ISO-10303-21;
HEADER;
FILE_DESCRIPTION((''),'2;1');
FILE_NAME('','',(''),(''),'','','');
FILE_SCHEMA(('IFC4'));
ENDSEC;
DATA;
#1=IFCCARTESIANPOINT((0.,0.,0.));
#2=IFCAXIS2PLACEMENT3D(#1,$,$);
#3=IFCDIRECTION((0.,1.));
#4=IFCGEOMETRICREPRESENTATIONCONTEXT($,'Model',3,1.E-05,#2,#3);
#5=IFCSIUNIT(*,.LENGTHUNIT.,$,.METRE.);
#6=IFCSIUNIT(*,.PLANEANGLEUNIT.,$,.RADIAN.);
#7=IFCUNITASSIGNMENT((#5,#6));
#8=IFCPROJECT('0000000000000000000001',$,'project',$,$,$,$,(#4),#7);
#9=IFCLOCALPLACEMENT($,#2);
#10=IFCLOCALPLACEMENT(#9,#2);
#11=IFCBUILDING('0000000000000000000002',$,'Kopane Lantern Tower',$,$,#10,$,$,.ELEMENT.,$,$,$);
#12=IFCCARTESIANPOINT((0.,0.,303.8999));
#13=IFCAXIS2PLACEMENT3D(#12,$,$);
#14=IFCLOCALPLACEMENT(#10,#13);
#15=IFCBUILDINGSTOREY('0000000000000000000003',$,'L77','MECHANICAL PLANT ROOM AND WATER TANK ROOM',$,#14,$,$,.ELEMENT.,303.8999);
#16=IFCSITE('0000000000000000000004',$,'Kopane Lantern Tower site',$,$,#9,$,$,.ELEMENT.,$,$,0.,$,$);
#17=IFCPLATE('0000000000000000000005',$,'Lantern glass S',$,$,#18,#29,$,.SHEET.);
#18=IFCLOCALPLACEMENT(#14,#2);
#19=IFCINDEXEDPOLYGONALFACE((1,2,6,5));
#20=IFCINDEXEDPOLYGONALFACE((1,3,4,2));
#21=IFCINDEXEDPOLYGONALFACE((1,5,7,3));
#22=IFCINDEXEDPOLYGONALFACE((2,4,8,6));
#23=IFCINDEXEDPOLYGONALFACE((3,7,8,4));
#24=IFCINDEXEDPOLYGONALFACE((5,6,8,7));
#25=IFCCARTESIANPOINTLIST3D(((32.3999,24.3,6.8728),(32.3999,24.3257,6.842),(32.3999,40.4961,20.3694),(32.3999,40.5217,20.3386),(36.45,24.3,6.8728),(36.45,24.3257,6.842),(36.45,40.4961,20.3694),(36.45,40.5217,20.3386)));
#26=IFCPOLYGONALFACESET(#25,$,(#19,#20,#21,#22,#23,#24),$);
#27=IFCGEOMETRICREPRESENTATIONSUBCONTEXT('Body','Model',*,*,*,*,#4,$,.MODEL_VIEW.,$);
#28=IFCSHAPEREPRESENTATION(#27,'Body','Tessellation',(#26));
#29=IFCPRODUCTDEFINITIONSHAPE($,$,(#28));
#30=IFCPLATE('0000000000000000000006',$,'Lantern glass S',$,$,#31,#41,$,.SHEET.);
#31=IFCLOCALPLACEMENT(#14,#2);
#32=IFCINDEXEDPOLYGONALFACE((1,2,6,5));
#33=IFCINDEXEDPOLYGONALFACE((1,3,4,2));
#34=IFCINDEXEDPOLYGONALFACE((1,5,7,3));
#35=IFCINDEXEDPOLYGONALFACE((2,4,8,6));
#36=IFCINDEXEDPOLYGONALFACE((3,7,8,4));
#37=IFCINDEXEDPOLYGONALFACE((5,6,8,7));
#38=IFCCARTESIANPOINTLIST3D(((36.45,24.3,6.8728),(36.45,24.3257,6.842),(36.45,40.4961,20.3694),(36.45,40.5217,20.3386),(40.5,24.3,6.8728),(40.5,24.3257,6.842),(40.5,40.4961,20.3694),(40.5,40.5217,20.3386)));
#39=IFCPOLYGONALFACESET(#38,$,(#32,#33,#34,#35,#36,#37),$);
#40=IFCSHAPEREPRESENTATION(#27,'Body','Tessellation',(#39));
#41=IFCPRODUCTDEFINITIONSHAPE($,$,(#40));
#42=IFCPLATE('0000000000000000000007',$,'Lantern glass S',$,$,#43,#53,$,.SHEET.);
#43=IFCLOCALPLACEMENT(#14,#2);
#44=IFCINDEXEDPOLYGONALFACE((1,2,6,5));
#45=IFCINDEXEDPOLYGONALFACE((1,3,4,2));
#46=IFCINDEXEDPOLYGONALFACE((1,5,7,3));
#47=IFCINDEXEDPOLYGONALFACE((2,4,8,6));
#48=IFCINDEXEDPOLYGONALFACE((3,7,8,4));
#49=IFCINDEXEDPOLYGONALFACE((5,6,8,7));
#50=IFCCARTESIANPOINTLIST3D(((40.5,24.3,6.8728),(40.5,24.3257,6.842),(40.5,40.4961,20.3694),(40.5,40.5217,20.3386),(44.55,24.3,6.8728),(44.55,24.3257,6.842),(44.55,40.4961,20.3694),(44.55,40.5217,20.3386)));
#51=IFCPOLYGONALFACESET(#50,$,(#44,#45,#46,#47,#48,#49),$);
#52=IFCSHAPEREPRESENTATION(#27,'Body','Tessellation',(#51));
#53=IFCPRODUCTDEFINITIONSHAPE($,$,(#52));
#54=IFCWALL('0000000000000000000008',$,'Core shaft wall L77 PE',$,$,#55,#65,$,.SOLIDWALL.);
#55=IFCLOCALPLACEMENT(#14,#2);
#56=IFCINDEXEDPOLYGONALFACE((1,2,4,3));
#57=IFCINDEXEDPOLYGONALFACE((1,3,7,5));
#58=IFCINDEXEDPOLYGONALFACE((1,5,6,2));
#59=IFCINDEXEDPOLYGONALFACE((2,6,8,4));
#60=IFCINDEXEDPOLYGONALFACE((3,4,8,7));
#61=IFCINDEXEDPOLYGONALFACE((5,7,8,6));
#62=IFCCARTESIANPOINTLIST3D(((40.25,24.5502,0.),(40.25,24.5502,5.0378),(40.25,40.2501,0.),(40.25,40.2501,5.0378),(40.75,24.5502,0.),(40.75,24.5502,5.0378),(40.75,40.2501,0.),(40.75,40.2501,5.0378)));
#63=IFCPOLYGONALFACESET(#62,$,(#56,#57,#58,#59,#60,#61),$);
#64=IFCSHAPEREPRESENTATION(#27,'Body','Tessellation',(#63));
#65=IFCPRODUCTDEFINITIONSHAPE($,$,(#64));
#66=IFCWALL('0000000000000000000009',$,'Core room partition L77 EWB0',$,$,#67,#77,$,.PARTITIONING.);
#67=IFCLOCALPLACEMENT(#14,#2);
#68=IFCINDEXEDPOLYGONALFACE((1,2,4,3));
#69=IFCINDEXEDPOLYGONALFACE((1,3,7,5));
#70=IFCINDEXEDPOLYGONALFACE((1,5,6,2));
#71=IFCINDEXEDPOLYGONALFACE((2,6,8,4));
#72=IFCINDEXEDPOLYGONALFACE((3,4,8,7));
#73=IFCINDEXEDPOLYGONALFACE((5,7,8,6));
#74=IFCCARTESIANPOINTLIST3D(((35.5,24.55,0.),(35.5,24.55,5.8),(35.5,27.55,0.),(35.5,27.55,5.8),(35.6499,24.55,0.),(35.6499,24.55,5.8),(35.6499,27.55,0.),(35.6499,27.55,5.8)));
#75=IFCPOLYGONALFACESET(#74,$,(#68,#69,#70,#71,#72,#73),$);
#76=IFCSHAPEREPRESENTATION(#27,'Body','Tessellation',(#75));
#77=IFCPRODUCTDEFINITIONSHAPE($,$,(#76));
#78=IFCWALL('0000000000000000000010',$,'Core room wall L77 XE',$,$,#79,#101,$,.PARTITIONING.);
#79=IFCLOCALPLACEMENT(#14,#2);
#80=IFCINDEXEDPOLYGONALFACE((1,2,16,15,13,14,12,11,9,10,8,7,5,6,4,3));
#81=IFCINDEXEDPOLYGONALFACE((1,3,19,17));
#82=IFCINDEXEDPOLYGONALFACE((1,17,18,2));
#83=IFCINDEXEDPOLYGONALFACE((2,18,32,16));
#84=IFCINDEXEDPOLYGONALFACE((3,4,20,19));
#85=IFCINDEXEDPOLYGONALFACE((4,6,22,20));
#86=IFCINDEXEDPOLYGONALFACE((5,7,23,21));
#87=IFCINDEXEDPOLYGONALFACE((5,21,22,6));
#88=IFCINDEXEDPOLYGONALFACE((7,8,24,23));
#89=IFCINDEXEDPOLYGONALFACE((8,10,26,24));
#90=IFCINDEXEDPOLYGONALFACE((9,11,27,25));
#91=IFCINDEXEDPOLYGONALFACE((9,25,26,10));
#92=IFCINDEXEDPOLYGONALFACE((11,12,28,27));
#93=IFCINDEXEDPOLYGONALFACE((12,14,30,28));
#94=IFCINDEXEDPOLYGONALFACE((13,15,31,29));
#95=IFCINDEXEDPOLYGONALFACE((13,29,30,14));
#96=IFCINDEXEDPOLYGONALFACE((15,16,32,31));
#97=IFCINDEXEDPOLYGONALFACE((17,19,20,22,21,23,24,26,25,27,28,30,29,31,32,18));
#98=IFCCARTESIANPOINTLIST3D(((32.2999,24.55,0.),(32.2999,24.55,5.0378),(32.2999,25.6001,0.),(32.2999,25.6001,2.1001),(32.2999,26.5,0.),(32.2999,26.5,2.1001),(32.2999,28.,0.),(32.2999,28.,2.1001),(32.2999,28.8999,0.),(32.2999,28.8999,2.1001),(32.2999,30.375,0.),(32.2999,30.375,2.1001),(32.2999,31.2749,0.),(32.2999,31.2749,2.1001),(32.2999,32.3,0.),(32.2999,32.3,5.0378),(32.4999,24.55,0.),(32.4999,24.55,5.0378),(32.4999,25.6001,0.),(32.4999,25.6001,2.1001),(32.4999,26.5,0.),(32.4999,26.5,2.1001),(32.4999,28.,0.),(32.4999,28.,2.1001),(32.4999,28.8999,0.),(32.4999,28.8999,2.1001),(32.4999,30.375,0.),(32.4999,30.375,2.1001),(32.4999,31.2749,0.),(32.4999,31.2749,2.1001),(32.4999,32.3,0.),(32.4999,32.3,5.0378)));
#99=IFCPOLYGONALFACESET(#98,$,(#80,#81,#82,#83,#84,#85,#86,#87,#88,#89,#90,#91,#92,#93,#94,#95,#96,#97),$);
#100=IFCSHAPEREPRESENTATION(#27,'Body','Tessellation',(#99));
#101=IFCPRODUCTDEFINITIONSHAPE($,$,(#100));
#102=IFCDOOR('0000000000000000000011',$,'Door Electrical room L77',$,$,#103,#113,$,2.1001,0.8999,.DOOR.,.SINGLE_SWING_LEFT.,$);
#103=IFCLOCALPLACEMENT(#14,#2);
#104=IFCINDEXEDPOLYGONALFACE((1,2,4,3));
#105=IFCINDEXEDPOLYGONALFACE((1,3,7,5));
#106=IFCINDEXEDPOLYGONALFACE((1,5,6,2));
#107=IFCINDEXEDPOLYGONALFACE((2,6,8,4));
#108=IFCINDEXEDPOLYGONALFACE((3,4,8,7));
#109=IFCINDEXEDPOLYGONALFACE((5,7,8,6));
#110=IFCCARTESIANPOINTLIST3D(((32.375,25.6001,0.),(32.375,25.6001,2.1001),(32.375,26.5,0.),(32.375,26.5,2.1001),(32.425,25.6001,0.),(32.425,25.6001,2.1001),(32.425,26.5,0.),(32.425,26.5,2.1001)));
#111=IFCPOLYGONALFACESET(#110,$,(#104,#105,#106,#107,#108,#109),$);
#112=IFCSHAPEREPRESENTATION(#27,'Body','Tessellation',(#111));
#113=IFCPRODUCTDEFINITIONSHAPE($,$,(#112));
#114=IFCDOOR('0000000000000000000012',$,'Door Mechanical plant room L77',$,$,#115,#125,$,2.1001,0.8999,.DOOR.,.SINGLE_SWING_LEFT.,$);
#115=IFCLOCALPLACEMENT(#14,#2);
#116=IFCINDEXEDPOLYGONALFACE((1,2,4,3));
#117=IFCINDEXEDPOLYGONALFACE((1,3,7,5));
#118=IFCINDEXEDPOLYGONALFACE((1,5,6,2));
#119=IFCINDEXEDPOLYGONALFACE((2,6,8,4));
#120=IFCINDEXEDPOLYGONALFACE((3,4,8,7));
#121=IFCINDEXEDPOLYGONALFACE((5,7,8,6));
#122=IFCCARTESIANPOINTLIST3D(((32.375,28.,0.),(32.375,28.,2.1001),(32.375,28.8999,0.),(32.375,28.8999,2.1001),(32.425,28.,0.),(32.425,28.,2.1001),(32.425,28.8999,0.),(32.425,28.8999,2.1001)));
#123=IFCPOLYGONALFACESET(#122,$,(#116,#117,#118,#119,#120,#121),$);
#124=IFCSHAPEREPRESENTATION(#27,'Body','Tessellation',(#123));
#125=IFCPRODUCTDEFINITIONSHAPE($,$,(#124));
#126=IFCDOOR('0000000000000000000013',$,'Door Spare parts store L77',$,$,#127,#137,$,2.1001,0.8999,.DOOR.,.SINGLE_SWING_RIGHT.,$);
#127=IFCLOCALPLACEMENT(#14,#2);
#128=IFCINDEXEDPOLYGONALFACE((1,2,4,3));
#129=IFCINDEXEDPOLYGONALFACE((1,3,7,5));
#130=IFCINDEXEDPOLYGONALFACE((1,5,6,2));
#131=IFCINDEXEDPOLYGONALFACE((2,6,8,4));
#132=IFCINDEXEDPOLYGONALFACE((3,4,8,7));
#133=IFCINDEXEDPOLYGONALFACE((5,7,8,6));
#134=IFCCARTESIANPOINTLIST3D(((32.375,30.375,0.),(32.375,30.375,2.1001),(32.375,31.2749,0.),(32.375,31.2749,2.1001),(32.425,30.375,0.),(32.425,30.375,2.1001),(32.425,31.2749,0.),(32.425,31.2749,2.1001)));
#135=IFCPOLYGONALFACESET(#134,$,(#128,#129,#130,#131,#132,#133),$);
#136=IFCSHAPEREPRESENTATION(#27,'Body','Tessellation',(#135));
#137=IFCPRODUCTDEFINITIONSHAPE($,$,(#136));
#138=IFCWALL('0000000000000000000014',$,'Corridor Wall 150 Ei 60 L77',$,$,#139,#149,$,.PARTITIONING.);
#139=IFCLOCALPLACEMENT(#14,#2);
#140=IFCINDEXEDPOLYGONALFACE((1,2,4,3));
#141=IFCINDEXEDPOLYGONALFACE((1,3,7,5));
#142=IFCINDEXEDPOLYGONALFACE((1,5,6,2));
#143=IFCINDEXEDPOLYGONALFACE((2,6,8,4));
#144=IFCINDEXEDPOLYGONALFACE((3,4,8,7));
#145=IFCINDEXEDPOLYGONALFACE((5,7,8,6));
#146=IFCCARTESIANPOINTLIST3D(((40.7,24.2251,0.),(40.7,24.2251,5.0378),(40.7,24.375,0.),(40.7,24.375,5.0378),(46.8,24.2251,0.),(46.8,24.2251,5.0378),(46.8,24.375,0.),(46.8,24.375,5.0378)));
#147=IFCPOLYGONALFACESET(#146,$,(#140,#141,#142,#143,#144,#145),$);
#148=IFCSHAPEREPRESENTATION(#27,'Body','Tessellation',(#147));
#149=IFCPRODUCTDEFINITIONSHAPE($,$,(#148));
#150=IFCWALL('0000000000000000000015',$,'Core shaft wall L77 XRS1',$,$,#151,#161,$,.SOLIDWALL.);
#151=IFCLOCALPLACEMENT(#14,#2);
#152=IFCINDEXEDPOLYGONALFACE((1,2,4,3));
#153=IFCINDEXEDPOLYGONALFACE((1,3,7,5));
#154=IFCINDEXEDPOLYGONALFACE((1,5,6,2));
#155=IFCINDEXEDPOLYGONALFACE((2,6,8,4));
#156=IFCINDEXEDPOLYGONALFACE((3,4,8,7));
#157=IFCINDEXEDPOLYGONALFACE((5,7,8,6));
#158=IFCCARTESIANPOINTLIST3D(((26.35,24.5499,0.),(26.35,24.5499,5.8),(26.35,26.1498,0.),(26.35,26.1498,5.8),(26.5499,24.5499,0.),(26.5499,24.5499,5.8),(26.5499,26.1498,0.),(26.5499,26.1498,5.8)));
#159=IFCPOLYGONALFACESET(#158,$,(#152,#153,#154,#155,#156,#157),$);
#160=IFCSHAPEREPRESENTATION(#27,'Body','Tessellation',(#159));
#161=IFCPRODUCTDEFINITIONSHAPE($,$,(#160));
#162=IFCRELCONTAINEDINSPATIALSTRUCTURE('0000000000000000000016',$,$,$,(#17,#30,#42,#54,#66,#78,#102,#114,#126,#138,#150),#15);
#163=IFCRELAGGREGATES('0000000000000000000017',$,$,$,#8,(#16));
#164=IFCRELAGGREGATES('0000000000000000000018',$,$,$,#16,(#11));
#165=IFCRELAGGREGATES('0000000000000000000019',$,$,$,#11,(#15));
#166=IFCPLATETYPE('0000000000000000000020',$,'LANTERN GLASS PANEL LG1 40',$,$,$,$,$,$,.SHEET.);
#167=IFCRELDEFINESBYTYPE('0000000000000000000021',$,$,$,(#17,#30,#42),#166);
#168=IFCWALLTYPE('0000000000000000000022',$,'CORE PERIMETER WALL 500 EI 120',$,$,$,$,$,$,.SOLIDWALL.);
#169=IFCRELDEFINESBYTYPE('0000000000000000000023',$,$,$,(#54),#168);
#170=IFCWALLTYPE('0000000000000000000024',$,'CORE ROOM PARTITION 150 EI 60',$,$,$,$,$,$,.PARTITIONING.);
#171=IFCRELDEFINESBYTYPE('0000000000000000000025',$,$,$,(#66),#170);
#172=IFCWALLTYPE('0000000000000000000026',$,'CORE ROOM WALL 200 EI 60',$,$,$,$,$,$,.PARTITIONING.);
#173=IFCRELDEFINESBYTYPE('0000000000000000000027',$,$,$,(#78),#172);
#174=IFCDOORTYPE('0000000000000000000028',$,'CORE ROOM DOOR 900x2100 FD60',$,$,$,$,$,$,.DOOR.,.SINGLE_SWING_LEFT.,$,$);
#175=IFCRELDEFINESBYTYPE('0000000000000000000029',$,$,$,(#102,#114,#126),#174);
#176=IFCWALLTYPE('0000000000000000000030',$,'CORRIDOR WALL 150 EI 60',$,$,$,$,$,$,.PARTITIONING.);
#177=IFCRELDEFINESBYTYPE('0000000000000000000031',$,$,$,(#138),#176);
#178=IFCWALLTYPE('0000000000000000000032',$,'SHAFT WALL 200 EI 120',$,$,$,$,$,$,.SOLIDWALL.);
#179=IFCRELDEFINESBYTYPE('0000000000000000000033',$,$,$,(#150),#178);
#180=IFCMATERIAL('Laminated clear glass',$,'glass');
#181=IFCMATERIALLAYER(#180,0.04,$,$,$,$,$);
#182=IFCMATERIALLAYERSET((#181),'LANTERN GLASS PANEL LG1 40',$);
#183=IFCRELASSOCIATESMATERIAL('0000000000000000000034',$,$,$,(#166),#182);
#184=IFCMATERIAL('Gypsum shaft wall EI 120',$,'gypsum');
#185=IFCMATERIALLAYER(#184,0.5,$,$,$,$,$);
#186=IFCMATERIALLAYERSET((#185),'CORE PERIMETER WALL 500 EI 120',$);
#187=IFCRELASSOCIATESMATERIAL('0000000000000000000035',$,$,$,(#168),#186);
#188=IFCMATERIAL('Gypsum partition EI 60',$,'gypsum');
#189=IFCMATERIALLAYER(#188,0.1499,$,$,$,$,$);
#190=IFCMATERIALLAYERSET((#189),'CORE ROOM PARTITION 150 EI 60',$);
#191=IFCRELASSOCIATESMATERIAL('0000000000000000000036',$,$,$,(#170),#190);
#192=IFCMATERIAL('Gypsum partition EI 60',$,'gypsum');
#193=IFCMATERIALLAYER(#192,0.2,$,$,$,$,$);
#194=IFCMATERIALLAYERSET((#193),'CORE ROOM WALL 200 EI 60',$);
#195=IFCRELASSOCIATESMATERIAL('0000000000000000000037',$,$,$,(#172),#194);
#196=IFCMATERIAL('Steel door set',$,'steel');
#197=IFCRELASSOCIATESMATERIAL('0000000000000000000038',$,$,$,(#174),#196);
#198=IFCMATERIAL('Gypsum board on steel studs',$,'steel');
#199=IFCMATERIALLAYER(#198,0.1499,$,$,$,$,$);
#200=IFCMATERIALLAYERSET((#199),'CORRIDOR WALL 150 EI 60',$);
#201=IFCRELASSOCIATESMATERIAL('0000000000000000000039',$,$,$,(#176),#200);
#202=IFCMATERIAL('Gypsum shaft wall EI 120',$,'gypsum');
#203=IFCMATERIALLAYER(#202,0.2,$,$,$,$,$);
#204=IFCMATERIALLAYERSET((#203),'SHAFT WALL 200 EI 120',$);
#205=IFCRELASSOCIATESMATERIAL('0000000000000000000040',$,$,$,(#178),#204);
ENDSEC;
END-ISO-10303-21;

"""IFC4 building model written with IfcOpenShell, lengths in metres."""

from ifc_helpers import new_model, si_unit, direction, frame, frame_2d, origin, place, context, subcontext, project, spatial, polyline, rectangle, outline, extrude, material, layer, layer_set, type_object, element, fill, save


model = new_model("IFC4")

# Units and contexts
model_context = context("Model", 3, precision=1e-05, world=origin(), true_north=direction((0.0, 1.0)))
body_context = subcontext(model_context, "Body", "Model", "MODEL_VIEW")
ifc_project = project(units=[si_unit("LENGTHUNIT", "METRE"), si_unit("PLANEANGLEUNIT", "RADIAN")], contexts=[model_context])

# Site, building, storey
site_placement = place(None, origin())
site = spatial("IfcSite", under=ifc_project, at=site_placement, Name="Kopane Lantern Tower site", CompositionType="ELEMENT", RefElevation=0.0)
building_placement = place(site_placement, origin())
building = spatial("IfcBuilding", under=site, at=building_placement, Name="Kopane Lantern Tower", CompositionType="ELEMENT")
storey_placement = place(building_placement, frame((0.0, 0.0, 303.8999)))
storey = spatial("IfcBuildingStorey", under=building, at=storey_placement, Name="L77", Description="MECHANICAL PLANT ROOM AND WATER TANK ROOM", CompositionType="ELEMENT", Elevation=303.8999)

# Plates
ifc_material_1 = material(Name="Laminated clear glass", Category="glass")
ifc_layer_1 = layer(ifc_material_1, 0.04)
ifc_layer_set_1 = layer_set([ifc_layer_1], Name="LANTERN GLASS PANEL LG1 40")
plate_type = type_object("IfcPlateType", Name="LANTERN GLASS PANEL LG1 40", PredefinedType="SHEET", material=ifc_layer_set_1)
for number, where, z_axis, x_axis, name in (
    (1, (32.3999, 24.3, 6.8728), (0.0, -0.640181, 0.768224), (1.0, 0.0, 0.0), "Lantern glass S"),
    (2, (36.45, 24.3, 6.8728), (0.0, -0.640181, 0.768224), (1.0, 0.0, 0.0), "Lantern glass S"),
    (3, (40.5, 24.3, 6.8728), (0.0, -0.640181, 0.768224), (1.0, 0.0, 0.0), "Lantern glass S"),
):
    element("IfcPlate", number, at=place(storey_placement, frame(where, z_axis=z_axis, x_axis=x_axis)), inside=storey, type_object=plate_type, Name=name, PredefinedType="SHEET", context=body_context, shape_type="SweptSolid", body=[
        extrude(outline(polyline([(0.0, 0.0), (4.05, 0.0), (4.05, 21.0824), (0.0, 21.0824), (0.0, 0.0)])), origin(), (0.0, 0.0, -1.0), 0.04),
    ])

# Walls
ifc_material_2 = material(Name="Gypsum shaft wall EI 120", Category="gypsum")
ifc_layer_2 = layer(ifc_material_2, 0.5)
ifc_layer_set_2 = layer_set([ifc_layer_2], Name="CORE PERIMETER WALL 500 EI 120")
wall_type_1 = type_object("IfcWallType", Name="CORE PERIMETER WALL 500 EI 120", PredefinedType="SOLIDWALL", material=ifc_layer_set_2)
wall_1_placement = place(storey_placement, frame((40.5, 24.55, 0.0), z_axis=(0.0, 0.0, 1.0), x_axis=(0.0, 1.0, 0.0)))
element("IfcWall", 4, at=wall_1_placement, inside=storey, type_object=wall_type_1, Name="Core shaft wall L77 PE", PredefinedType="SOLIDWALL", context=body_context, shape_type="SweptSolid", body=[
    extrude(rectangle(XDim=15.7, YDim=0.5, at=frame_2d((7.8501, 0.0))), origin(), (0.0, 0.0, 1.0), 5.0378),
])
ifc_material_3 = material(Name="Gypsum partition EI 60", Category="gypsum")
ifc_layer_3 = layer(ifc_material_3, 0.1499)
ifc_layer_set_3 = layer_set([ifc_layer_3], Name="CORE ROOM PARTITION 150 EI 60")
wall_type_2 = type_object("IfcWallType", Name="CORE ROOM PARTITION 150 EI 60", PredefinedType="PARTITIONING", material=ifc_layer_set_3)
wall_2_placement = place(storey_placement, frame((35.575, 24.55, 0.0), z_axis=(0.0, 0.0, 1.0), x_axis=(0.0, 1.0, 0.0)))
element("IfcWall", 5, at=wall_2_placement, inside=storey, type_object=wall_type_2, Name="Core room partition L77 EWB0", PredefinedType="PARTITIONING", context=body_context, shape_type="SweptSolid", body=[
    extrude(rectangle(XDim=3.0, YDim=0.1499, at=frame_2d((1.5, 0.0))), origin(), (0.0, 0.0, 1.0), 5.8),
])

# Wall, openings, doors
ifc_material_4 = material(Name="Gypsum partition EI 60", Category="gypsum")
ifc_layer_4 = layer(ifc_material_4, 0.2)
ifc_layer_set_4 = layer_set([ifc_layer_4], Name="CORE ROOM WALL 200 EI 60")
wall_type_3 = type_object("IfcWallType", Name="CORE ROOM WALL 200 EI 60", PredefinedType="PARTITIONING", material=ifc_layer_set_4)
wall_3_placement = place(storey_placement, frame((32.3999, 24.55, 0.0), z_axis=(0.0, 0.0, 1.0), x_axis=(0.0, 1.0, 0.0)))
wall_3 = element("IfcWall", 6, at=wall_3_placement, inside=storey, type_object=wall_type_3, Name="Core room wall L77 XE", PredefinedType="PARTITIONING", context=body_context, shape_type="SweptSolid", body=[
    extrude(rectangle(XDim=7.75, YDim=0.2, at=frame_2d((3.875, 0.0))), origin(), (0.0, 0.0, 1.0), 5.0378),
])
opening_1_placement = place(wall_3_placement, frame((1.05, 0.0, 0.0)))
opening_1 = element("IfcOpeningElement", 7, at=opening_1_placement, cuts=wall_3, PredefinedType="OPENING", context=body_context, shape_type="SweptSolid", body=[
    extrude(rectangle(XDim=0.8999, YDim=2.1001, at=frame_2d((0.45, 1.05))), frame((0.0, 0.1099, 0.0), z_axis=(0.0, -1.0, 0.0), x_axis=(1.0, 0.0, 0.0)), (0.0, 0.0, 1.0), 0.22),
])
opening_2_placement = place(wall_3_placement, frame((3.45, 0.0, 0.0)))
opening_2 = element("IfcOpeningElement", 8, at=opening_2_placement, cuts=wall_3, PredefinedType="OPENING", context=body_context, shape_type="SweptSolid", body=[
    extrude(rectangle(XDim=0.8999, YDim=2.1001, at=frame_2d((0.45, 1.05))), frame((0.0, 0.1099, 0.0), z_axis=(0.0, -1.0, 0.0), x_axis=(1.0, 0.0, 0.0)), (0.0, 0.0, 1.0), 0.22),
])
opening_3_placement = place(wall_3_placement, frame((5.825, 0.0, 0.0)))
opening_3 = element("IfcOpeningElement", 9, at=opening_3_placement, cuts=wall_3, PredefinedType="OPENING", context=body_context, shape_type="SweptSolid", body=[
    extrude(rectangle(XDim=0.8999, YDim=2.1001, at=frame_2d((0.45, 1.05))), frame((0.0, 0.1099, 0.0), z_axis=(0.0, -1.0, 0.0), x_axis=(1.0, 0.0, 0.0)), (0.0, 0.0, 1.0), 0.22),
])
ifc_material_5 = material(Name="Steel door set", Category="steel")
door_type = type_object("IfcDoorType", Name="CORE ROOM DOOR 900x2100 FD60", OperationType="SINGLE_SWING_LEFT", PredefinedType="DOOR", material=ifc_material_5)
door_1_placement = place(opening_1_placement, origin())
door_1 = element("IfcDoor", 10, at=door_1_placement, inside=storey, type_object=door_type, Name="Door Electrical room L77", OperationType="SINGLE_SWING_LEFT", OverallHeight=2.1001, OverallWidth=0.8999, PredefinedType="DOOR", context=body_context, shape_type="SweptSolid", body=[
    extrude(rectangle(XDim=0.8999, YDim=2.1001, at=frame_2d((0.45, 1.05))), frame((0.0, 0.0249, 0.0), z_axis=(0.0, -1.0, 0.0), x_axis=(1.0, 0.0, 0.0)), (0.0, 0.0, 1.0), 0.05),
])
fill(opening_1, door_1)
door_2_placement = place(opening_2_placement, origin())
door_2 = element("IfcDoor", 11, at=door_2_placement, inside=storey, type_object=door_type, Name="Door Mechanical plant room L77", OperationType="SINGLE_SWING_LEFT", OverallHeight=2.1001, OverallWidth=0.8999, PredefinedType="DOOR", context=body_context, shape_type="SweptSolid", body=[
    extrude(rectangle(XDim=0.8999, YDim=2.1001, at=frame_2d((0.45, 1.05))), frame((0.0, 0.0249, 0.0), z_axis=(0.0, -1.0, 0.0), x_axis=(1.0, 0.0, 0.0)), (0.0, 0.0, 1.0), 0.05),
])
fill(opening_2, door_2)
door_3_placement = place(opening_3_placement, origin())
door_3 = element("IfcDoor", 12, at=door_3_placement, inside=storey, type_object=door_type, Name="Door Spare parts store L77", OperationType="SINGLE_SWING_RIGHT", OverallHeight=2.1001, OverallWidth=0.8999, PredefinedType="DOOR", context=body_context, shape_type="SweptSolid", body=[
    extrude(rectangle(XDim=0.8999, YDim=2.1001, at=frame_2d((0.45, 1.05))), frame((0.0, 0.0249, 0.0), z_axis=(0.0, -1.0, 0.0), x_axis=(1.0, 0.0, 0.0)), (0.0, 0.0, 1.0), 0.05),
])
fill(opening_3, door_3)

# Walls
ifc_material_6 = material(Name="Gypsum board on steel studs", Category="steel")
ifc_layer_5 = layer(ifc_material_6, 0.1499)
ifc_layer_set_5 = layer_set([ifc_layer_5], Name="CORRIDOR WALL 150 EI 60")
wall_type_4 = type_object("IfcWallType", Name="CORRIDOR WALL 150 EI 60", PredefinedType="PARTITIONING", material=ifc_layer_set_5)
wall_4_placement = place(storey_placement, frame((40.7, 24.3, 0.0), z_axis=(0.0, 0.0, 1.0), x_axis=(1.0, 0.0, 0.0)))
element("IfcWall", 13, at=wall_4_placement, inside=storey, type_object=wall_type_4, Name="Corridor Wall 150 Ei 60 L77", PredefinedType="PARTITIONING", context=body_context, shape_type="SweptSolid", body=[
    extrude(rectangle(XDim=6.1001, YDim=0.1499, at=frame_2d((3.05, 0.0))), origin(), (0.0, 0.0, 1.0), 5.0378),
])
ifc_material_7 = material(Name="Gypsum shaft wall EI 120", Category="gypsum")
ifc_layer_6 = layer(ifc_material_7, 0.2)
ifc_layer_set_6 = layer_set([ifc_layer_6], Name="SHAFT WALL 200 EI 120")
wall_type_5 = type_object("IfcWallType", Name="SHAFT WALL 200 EI 120", PredefinedType="SOLIDWALL", material=ifc_layer_set_6)
wall_5_placement = place(storey_placement, frame((26.45, 24.55, 0.0), z_axis=(0.0, 0.0, 1.0), x_axis=(0.0, 1.0, 0.0)))
element("IfcWall", 14, at=wall_5_placement, inside=storey, type_object=wall_type_5, Name="Core shaft wall L77 XRS1", PredefinedType="SOLIDWALL", context=body_context, shape_type="SweptSolid", body=[
    extrude(rectangle(XDim=1.5999, YDim=0.2, at=frame_2d((0.7998, 0.0))), origin(), (0.0, 0.0, 1.0), 5.8),
])

save(model, "model.ifc")
